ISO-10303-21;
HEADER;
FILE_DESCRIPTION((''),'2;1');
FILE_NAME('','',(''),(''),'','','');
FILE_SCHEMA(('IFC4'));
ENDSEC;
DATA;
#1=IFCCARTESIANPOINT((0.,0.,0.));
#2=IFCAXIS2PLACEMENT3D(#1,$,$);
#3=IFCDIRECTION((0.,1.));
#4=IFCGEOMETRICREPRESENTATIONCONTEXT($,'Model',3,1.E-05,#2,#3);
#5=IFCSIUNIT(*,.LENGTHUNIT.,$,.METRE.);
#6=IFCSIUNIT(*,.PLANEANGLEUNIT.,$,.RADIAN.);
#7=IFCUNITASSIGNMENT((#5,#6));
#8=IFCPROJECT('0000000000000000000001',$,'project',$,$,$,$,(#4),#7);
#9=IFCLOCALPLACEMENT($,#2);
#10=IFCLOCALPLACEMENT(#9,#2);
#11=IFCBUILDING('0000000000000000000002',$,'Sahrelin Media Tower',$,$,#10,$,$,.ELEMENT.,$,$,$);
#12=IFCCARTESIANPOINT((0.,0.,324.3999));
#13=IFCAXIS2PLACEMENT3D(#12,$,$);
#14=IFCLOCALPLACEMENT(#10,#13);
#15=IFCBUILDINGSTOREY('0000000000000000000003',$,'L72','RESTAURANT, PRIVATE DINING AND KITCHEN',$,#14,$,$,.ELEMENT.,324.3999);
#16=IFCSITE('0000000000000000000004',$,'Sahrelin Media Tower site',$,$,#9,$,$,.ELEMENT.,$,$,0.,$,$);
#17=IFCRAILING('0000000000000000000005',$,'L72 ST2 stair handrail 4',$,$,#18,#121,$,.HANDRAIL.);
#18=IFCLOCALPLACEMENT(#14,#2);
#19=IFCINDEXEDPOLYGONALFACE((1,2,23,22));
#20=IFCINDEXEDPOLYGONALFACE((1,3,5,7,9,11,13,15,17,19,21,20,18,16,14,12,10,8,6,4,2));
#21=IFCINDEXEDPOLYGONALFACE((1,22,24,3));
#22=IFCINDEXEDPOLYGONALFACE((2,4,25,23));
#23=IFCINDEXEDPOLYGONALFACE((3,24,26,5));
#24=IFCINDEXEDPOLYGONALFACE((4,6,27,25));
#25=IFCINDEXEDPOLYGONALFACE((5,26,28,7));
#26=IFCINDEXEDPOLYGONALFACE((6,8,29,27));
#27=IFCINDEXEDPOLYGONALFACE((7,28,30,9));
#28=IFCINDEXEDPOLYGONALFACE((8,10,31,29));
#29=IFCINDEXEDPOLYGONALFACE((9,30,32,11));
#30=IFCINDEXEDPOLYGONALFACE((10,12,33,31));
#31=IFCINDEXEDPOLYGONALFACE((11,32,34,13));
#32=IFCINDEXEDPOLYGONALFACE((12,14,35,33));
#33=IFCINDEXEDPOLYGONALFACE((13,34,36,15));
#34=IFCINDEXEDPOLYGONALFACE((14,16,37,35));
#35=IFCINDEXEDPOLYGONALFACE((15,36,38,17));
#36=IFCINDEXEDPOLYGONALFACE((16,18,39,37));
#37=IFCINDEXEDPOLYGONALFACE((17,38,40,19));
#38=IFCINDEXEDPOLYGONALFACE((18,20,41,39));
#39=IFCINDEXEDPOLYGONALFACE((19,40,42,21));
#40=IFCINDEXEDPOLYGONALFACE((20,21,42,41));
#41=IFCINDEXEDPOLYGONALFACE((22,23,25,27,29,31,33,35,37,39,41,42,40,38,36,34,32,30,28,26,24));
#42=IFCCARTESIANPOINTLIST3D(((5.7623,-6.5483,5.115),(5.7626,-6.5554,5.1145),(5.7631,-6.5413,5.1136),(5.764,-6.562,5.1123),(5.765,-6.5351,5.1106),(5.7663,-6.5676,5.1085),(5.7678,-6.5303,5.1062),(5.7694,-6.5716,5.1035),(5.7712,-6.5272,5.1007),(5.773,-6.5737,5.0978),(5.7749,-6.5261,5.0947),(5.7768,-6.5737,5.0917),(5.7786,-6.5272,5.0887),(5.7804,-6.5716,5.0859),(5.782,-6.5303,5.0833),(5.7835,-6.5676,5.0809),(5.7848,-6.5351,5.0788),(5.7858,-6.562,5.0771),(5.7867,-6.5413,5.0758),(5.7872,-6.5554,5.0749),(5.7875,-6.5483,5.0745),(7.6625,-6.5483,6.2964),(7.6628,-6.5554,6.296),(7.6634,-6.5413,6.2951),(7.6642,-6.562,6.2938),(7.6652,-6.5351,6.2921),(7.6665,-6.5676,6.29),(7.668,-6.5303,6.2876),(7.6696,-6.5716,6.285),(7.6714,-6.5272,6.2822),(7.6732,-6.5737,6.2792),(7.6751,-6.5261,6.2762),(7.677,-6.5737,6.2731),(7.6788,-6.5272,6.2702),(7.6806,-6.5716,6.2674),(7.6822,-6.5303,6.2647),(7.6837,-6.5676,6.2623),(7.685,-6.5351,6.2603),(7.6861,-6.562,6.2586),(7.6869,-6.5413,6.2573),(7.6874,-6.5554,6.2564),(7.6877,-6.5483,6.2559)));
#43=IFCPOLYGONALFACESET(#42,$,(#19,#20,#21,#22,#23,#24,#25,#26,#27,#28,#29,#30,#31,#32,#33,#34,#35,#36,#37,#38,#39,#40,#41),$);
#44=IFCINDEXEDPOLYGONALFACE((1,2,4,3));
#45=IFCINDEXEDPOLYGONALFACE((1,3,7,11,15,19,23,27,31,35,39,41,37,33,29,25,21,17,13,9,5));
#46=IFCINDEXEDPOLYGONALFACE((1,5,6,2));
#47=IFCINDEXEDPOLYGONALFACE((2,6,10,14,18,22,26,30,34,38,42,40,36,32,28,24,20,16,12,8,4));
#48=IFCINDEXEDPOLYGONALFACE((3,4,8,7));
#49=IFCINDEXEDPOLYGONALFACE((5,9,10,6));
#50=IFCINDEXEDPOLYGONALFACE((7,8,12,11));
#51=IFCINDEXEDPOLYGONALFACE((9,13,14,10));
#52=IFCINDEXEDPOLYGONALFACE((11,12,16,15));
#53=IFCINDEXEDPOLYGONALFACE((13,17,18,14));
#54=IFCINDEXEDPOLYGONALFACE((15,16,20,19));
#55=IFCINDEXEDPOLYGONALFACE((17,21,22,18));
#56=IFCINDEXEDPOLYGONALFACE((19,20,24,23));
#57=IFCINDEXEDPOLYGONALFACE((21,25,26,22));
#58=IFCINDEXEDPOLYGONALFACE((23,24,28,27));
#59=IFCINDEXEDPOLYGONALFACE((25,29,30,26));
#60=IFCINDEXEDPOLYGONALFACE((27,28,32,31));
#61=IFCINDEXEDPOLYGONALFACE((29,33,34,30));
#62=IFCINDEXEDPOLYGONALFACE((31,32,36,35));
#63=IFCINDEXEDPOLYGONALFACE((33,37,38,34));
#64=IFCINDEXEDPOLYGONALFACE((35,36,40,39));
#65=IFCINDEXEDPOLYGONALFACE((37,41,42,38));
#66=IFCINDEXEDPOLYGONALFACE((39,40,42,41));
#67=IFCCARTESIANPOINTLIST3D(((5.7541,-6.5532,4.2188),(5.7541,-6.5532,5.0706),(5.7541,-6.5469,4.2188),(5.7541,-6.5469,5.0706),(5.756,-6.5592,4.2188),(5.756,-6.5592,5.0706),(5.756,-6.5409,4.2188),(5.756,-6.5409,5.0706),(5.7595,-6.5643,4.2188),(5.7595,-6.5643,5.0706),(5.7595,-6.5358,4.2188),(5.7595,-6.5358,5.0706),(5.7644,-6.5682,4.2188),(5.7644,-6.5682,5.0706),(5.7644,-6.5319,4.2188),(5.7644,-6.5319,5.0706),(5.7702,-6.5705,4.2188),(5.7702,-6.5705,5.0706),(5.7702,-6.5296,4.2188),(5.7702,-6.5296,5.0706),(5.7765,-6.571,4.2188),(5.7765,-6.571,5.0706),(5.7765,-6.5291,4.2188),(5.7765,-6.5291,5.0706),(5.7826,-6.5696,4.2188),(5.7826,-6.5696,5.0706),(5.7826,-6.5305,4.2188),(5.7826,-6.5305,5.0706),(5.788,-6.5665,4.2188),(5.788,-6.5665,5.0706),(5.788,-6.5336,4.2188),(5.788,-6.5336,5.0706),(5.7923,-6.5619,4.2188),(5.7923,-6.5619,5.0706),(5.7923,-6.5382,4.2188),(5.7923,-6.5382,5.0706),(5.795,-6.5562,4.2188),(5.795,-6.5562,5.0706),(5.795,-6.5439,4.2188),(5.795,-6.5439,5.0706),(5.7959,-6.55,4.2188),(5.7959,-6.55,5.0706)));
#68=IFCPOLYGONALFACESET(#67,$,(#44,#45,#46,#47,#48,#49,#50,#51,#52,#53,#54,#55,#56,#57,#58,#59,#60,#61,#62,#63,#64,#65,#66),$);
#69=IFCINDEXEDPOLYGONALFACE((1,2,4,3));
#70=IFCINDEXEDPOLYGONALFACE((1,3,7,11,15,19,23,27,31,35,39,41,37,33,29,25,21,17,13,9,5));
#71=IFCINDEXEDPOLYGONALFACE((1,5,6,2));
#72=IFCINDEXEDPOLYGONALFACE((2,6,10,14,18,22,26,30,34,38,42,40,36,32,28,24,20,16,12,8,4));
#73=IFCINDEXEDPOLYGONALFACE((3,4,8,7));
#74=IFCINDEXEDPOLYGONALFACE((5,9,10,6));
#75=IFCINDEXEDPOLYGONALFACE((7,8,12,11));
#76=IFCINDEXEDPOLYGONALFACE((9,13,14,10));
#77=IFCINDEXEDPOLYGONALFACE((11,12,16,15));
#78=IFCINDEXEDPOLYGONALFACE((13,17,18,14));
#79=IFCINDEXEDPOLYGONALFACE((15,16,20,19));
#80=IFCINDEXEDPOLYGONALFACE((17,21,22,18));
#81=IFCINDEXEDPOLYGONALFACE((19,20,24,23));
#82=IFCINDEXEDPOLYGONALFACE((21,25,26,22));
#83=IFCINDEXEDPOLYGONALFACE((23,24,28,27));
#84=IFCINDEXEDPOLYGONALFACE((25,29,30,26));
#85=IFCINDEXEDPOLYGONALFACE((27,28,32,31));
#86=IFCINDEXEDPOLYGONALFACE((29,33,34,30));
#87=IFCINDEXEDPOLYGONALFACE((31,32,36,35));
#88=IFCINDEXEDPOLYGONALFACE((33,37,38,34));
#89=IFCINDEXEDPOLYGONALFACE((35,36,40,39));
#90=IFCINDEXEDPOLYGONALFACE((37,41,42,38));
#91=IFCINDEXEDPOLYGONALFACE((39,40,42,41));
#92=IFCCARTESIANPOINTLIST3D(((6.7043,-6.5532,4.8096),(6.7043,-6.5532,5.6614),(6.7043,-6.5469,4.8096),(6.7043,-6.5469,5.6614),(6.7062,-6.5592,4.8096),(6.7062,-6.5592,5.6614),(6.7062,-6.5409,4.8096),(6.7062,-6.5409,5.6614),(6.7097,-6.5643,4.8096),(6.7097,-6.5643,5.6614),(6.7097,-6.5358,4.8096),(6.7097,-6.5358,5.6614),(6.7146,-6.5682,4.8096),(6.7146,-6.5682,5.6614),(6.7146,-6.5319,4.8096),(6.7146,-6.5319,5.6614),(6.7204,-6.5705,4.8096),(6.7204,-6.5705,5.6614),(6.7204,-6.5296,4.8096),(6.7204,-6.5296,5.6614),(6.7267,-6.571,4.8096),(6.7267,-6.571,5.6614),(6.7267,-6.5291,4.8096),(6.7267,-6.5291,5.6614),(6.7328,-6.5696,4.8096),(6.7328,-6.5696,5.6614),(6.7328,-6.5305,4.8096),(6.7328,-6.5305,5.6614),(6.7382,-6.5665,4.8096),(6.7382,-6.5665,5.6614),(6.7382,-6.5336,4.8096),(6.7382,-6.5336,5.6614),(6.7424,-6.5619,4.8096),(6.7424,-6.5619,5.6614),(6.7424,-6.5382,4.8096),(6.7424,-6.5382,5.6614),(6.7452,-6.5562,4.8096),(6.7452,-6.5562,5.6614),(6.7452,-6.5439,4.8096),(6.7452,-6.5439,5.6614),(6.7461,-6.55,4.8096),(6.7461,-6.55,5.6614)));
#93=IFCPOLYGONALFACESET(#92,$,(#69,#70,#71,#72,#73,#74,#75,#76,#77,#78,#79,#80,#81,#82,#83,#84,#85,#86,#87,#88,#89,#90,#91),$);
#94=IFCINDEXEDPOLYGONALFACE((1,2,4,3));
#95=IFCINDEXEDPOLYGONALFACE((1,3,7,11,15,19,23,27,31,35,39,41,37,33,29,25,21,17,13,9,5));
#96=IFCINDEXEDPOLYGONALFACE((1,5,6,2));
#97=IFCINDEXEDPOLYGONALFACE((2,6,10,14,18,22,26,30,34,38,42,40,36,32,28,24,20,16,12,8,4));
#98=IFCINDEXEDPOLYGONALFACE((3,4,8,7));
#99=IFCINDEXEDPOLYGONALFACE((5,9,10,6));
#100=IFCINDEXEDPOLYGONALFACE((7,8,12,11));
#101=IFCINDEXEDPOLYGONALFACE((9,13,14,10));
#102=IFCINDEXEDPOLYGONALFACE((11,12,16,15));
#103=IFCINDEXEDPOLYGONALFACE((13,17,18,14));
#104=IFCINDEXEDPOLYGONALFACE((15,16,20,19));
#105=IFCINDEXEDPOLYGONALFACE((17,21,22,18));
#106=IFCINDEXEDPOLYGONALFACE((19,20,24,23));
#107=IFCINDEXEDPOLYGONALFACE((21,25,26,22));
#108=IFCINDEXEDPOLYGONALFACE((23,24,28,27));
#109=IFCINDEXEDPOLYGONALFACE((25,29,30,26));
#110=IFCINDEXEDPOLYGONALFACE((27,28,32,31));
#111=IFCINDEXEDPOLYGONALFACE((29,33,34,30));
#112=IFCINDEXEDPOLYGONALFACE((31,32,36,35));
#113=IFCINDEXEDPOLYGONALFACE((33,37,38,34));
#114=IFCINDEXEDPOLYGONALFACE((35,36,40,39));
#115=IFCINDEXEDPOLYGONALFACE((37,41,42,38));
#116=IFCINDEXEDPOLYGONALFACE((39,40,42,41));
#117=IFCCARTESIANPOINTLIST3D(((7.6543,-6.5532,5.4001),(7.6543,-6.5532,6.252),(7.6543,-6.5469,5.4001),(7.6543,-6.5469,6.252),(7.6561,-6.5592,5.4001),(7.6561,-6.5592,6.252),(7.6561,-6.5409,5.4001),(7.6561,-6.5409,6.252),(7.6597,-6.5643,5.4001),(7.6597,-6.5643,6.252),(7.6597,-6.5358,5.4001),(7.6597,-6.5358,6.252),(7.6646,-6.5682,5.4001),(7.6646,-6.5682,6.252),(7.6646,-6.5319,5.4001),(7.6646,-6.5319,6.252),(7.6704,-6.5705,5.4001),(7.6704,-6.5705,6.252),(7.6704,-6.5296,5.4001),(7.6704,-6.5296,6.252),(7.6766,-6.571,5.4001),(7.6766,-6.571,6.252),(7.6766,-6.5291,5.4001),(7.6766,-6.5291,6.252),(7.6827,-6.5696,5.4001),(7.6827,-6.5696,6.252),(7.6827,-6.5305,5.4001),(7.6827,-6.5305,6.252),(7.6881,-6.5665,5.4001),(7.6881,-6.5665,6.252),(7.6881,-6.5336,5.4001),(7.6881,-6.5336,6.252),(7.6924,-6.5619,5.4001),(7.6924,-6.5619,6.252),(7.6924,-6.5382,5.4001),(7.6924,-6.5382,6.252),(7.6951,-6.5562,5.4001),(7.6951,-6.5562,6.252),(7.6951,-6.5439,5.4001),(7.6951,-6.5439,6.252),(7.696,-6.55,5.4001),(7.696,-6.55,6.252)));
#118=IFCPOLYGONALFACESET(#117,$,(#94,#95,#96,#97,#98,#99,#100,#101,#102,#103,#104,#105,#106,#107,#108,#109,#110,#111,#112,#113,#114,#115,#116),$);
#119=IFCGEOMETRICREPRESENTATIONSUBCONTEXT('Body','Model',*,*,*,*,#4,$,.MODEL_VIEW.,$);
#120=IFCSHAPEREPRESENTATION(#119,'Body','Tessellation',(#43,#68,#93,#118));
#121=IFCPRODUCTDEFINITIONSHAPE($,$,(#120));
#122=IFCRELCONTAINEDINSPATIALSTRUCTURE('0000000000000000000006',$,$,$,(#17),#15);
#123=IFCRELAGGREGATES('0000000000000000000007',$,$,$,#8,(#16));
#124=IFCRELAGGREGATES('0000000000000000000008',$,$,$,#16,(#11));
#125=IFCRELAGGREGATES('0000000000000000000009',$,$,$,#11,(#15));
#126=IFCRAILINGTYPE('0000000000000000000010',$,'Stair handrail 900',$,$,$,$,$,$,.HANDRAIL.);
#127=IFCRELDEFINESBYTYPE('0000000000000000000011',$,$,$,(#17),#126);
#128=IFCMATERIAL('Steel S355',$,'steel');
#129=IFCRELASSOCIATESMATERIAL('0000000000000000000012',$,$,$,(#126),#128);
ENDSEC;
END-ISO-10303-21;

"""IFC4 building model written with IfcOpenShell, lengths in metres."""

from ifc_helpers import new_model, si_unit, direction, frame, origin, origin_2d, place, context, subcontext, project, spatial, circle, extrude, material, type_object, element, save


model = new_model("IFC4")

# Units and contexts
model_context = context("Model", 3, precision=1e-05, world=origin(), true_north=direction((0.0, 1.0)))
body_context = subcontext(model_context, "Body", "Model", "MODEL_VIEW")
ifc_project = project(units=[si_unit("LENGTHUNIT", "METRE"), si_unit("PLANEANGLEUNIT", "RADIAN")], contexts=[model_context])

# Site, building, storey
site_placement = place(None, origin())
site = spatial("IfcSite", under=ifc_project, at=site_placement, Name="Sahrelin Media Tower site", CompositionType="ELEMENT", RefElevation=0.0)
building_placement = place(site_placement, origin())
building = spatial("IfcBuilding", under=site, at=building_placement, Name="Sahrelin Media Tower", CompositionType="ELEMENT")
storey_placement = place(building_placement, frame((0.0, 0.0, 324.3999)))
storey = spatial("IfcBuildingStorey", under=building, at=storey_placement, Name="L72", Description="RESTAURANT, PRIVATE DINING AND KITCHEN", CompositionType="ELEMENT", Elevation=324.3999)

# Railing
ifc_material_1 = material(Name="Steel S355", Category="steel")
railing_type_1 = type_object("IfcRailingType", Name="Stair handrail 900", PredefinedType="HANDRAIL", material=ifc_material_1)
railing_1_placement = place(storey_placement, frame((5.7749, -6.55, 4.2188)))
element("IfcRailing", 1, at=railing_1_placement, inside=storey, type_object=railing_type_1, Name="L72 ST2 stair handrail 4", PredefinedType="HANDRAIL", context=body_context, shape_type="SweptSolid", body=[
    extrude(circle(Radius=0.0239, at=origin_2d()), frame((0.0, 0.0, 0.876), z_axis=(0.84924, 0.0, 0.528006), x_axis=(0.0, 1.0, 0.0)), (0.0, 0.0, 1.0), 2.2375),
    extrude(circle(Radius=0.021, at=origin_2d()), origin(), (0.0, 0.0, 1.0), 0.8518),
    extrude(circle(Radius=0.021, at=origin_2d()), frame((0.9502, 0.0, 0.5908)), (0.0, 0.0, 1.0), 0.8518),
    extrude(circle(Radius=0.021, at=origin_2d()), frame((1.9001, 0.0, 1.1814)), (0.0, 0.0, 1.0), 0.8518),
])

save(model, "model.ifc")
